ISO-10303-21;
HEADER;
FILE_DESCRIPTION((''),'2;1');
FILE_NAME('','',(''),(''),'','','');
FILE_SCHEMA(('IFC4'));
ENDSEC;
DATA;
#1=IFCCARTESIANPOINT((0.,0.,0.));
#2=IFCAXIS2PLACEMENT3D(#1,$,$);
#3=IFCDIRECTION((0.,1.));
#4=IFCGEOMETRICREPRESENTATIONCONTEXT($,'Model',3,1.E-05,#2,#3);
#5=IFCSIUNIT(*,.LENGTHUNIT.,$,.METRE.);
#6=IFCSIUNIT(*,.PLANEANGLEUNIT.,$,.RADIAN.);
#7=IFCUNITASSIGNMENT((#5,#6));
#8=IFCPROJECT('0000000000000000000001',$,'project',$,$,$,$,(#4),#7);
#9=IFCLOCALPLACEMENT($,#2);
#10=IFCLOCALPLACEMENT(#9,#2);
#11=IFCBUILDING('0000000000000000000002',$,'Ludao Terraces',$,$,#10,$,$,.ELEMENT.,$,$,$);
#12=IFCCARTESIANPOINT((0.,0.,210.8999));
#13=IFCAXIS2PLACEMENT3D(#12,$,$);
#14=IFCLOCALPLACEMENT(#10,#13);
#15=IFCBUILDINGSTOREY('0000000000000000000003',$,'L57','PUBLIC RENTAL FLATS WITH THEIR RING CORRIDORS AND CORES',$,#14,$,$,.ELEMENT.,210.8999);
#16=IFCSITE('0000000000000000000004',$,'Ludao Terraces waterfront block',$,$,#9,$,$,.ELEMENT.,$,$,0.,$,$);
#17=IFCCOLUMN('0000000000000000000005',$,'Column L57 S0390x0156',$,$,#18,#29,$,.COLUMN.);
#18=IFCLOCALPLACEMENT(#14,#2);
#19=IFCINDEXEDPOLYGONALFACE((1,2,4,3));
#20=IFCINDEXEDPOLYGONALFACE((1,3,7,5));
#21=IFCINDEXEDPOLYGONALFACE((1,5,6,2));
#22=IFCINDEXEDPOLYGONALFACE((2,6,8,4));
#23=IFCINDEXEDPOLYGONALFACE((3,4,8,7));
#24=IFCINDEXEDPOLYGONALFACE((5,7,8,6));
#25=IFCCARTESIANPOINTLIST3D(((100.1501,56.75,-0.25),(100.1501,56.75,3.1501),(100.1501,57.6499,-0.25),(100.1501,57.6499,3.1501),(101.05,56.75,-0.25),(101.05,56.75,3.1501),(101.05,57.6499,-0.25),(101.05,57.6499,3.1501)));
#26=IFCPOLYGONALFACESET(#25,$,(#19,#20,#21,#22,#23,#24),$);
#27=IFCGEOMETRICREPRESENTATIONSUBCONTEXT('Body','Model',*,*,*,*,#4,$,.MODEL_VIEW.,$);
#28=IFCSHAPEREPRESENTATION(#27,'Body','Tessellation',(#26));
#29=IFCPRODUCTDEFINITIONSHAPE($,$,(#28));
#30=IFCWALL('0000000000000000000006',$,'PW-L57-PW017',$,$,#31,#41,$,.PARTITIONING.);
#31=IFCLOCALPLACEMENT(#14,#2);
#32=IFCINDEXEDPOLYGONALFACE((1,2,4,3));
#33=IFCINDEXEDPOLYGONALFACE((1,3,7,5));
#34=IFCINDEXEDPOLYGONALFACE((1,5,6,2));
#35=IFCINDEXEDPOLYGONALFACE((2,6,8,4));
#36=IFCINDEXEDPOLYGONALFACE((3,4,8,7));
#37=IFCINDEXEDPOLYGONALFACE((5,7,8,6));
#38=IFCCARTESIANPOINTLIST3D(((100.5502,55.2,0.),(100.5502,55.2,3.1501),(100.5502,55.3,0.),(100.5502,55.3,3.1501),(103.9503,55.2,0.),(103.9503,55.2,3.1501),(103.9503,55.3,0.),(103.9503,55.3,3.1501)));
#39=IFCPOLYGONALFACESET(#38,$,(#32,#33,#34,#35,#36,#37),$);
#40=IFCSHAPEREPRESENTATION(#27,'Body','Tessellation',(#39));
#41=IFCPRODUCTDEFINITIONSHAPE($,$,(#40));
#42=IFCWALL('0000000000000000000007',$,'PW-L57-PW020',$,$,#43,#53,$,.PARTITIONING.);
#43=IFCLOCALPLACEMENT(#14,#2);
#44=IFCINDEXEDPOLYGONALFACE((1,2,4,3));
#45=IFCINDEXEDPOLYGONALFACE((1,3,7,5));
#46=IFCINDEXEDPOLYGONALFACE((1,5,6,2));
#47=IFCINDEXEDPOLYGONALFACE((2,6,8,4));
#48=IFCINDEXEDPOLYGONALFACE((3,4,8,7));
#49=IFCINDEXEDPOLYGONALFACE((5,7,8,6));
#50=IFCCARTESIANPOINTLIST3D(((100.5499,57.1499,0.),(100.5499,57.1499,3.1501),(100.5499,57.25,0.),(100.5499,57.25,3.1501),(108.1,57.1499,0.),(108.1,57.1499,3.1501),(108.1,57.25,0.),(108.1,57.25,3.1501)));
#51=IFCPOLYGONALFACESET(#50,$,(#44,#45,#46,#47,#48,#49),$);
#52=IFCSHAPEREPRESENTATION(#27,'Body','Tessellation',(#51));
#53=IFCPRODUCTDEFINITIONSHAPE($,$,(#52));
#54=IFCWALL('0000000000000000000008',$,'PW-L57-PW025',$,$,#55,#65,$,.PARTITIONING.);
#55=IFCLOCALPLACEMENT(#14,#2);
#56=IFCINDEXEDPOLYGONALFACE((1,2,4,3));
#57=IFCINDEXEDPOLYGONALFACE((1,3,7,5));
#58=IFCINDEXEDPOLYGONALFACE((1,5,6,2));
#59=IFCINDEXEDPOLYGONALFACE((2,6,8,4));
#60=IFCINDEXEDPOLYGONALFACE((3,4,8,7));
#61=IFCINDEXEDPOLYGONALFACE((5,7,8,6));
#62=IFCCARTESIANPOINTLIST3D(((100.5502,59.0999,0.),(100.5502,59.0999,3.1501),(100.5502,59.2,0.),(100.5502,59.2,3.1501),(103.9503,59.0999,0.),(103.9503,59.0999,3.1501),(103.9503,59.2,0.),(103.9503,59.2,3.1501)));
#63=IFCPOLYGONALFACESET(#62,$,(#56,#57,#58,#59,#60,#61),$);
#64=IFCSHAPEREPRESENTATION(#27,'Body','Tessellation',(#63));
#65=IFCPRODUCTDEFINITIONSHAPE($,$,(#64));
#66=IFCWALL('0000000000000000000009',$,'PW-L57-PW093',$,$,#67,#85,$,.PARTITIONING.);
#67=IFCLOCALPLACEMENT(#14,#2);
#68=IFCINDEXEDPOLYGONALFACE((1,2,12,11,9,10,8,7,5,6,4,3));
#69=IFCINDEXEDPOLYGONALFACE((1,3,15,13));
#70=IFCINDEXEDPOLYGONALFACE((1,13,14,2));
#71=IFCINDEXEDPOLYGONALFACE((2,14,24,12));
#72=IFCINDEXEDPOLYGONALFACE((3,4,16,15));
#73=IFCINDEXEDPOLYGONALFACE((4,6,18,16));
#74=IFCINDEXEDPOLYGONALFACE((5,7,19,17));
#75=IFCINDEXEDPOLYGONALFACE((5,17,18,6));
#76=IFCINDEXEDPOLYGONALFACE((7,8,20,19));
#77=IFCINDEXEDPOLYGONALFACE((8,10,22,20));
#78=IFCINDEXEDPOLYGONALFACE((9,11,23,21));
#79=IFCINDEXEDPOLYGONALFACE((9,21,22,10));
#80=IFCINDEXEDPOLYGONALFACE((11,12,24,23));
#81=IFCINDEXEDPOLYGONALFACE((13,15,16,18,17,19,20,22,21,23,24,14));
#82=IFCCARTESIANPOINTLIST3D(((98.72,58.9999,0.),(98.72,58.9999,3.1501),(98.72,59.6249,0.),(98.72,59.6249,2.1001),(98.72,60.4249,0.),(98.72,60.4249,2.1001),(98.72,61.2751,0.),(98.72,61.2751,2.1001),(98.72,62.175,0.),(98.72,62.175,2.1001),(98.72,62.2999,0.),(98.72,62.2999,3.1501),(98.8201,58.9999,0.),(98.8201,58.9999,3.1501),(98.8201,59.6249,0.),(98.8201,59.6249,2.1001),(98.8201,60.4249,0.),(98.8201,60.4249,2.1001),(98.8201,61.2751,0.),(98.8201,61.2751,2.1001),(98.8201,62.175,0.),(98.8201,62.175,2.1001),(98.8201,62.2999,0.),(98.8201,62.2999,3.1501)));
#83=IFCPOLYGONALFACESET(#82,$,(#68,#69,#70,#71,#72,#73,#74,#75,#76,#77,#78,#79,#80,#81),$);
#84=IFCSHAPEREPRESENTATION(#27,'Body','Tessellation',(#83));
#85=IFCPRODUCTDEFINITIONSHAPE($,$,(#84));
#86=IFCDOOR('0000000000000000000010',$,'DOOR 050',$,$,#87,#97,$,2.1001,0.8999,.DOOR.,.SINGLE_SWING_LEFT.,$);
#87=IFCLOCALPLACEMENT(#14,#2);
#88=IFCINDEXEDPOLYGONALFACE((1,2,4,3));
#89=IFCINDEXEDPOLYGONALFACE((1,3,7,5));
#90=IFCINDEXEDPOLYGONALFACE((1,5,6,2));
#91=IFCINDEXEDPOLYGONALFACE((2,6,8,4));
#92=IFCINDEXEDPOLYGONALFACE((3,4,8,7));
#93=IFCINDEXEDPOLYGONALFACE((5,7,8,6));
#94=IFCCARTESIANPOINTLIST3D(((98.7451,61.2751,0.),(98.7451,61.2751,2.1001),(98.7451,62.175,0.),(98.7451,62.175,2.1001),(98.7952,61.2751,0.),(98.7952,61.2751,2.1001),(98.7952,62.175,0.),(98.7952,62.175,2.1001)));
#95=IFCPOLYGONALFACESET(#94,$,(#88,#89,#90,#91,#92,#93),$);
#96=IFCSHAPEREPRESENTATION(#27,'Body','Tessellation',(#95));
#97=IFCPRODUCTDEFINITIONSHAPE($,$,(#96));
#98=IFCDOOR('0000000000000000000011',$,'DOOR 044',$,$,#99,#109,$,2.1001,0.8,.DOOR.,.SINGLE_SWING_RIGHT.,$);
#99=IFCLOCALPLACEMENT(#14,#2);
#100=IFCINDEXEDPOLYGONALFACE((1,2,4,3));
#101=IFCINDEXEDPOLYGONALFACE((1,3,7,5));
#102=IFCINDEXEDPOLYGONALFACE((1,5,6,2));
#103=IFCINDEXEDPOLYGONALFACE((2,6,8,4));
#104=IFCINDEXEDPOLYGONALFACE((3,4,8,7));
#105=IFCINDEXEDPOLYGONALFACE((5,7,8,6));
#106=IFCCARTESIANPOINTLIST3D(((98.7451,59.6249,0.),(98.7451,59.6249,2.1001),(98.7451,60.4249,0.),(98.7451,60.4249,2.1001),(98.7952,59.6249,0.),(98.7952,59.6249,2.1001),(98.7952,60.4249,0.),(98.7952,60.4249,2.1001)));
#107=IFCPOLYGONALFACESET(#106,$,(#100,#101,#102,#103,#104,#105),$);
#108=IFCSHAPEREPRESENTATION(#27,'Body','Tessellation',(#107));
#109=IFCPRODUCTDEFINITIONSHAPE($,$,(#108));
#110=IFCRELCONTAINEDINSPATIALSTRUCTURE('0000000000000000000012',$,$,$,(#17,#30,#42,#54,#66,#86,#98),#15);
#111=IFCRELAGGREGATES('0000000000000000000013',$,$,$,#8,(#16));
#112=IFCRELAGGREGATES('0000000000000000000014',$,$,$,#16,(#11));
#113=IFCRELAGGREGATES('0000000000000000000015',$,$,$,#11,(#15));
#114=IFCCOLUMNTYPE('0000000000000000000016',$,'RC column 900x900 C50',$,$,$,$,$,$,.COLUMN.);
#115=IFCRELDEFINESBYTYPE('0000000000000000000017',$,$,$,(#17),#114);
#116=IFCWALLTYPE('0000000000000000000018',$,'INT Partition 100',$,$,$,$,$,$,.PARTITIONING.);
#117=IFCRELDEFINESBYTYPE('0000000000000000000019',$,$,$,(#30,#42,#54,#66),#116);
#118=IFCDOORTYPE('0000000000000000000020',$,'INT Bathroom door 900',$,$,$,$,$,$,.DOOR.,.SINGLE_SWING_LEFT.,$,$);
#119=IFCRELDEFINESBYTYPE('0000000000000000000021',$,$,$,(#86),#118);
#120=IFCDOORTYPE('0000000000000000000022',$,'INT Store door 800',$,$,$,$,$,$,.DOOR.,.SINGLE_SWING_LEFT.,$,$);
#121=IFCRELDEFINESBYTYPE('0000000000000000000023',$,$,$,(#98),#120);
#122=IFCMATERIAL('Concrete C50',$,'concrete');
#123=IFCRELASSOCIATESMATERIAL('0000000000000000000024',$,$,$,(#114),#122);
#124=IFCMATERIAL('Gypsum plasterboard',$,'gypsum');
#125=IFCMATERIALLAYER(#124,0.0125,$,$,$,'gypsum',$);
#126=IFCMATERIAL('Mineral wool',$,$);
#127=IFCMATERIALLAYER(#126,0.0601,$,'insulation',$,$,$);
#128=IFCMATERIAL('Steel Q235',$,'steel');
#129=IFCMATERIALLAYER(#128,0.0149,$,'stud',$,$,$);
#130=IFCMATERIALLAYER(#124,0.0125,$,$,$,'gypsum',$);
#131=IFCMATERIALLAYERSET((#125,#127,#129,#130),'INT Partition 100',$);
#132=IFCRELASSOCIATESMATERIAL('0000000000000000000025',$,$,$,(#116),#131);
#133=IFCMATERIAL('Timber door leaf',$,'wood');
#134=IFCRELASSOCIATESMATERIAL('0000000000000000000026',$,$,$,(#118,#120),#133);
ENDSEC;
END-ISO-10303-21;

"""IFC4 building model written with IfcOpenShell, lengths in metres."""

from ifc_helpers import new_model, si_unit, direction, frame, frame_2d, origin, origin_2d, place, context, subcontext, project, spatial, rectangle, extrude, material, layer, layer_set, material_profile, profile_set, type_object, element, fill, save


model = new_model("IFC4")

# Units and contexts
model_context = context("Model", 3, precision=1e-05, world=origin(), true_north=direction((0.0, 1.0)))
body_context = subcontext(model_context, "Body", "Model", "MODEL_VIEW")
ifc_project = project(units=[si_unit("LENGTHUNIT", "METRE"), si_unit("PLANEANGLEUNIT", "RADIAN")], contexts=[model_context])

# Site, building, storey
site_placement = place(None, origin())
site = spatial("IfcSite", under=ifc_project, at=site_placement, Name="Ludao Terraces waterfront block", CompositionType="ELEMENT", RefElevation=0.0)
building_placement = place(site_placement, origin())
building = spatial("IfcBuilding", under=site, at=building_placement, Name="Ludao Terraces", CompositionType="ELEMENT")
storey_placement = place(building_placement, frame((0.0, 0.0, 210.8999)))
storey = spatial("IfcBuildingStorey", under=building, at=storey_placement, Name="L57", Description="PUBLIC RENTAL FLATS WITH THEIR RING CORRIDORS AND CORES", CompositionType="ELEMENT", Elevation=210.8999)

# Column
ifc_material_1 = material(Name="Concrete C50", Category="concrete")
ifc_material_profile = material_profile(ifc_material_1, rectangle(XDim=0.8999, YDim=0.8999, at=origin_2d()), Name="900 X 900")
ifc_profile_set = profile_set([ifc_material_profile], Name="Concrete C50")
column_type = type_object("IfcColumnType", Name="RC column 900x900 C50", PredefinedType="COLUMN", material=ifc_profile_set)
column_placement = place(storey_placement, frame((100.6001, 57.2, -0.25), z_axis=(0.0, 0.0, 1.0), x_axis=(1.0, 0.0, 0.0)))
element("IfcColumn", 1, at=column_placement, inside=storey, type_object=column_type, Name="Column L57 S0390x0156", PredefinedType="COLUMN", context=body_context, shape_type="SweptSolid", body=[
    extrude(rectangle(XDim=0.8999, YDim=0.8999, at=origin_2d()), origin(), (0.0, 0.0, 1.0), 3.4001),
])

# Walls
ifc_material_2 = material(Name="Gypsum plasterboard", Category="gypsum")
ifc_layer_1 = layer(ifc_material_2, 0.0125, Category="gypsum")
ifc_material_3 = material(Name="Mineral wool")
ifc_layer_2 = layer(ifc_material_3, 0.0601, Name="insulation")
ifc_material_4 = material(Name="Steel Q235", Category="steel")
ifc_layer_3 = layer(ifc_material_4, 0.0149, Name="stud")
ifc_layer_4 = layer(ifc_material_2, 0.0125, Category="gypsum")
ifc_layer_set = layer_set([ifc_layer_1, ifc_layer_2, ifc_layer_3, ifc_layer_4], Name="INT Partition 100")
wall_type = type_object("IfcWallType", Name="INT Partition 100", PredefinedType="PARTITIONING", material=ifc_layer_set)
wall_1_placement = place(storey_placement, frame((100.55, 55.25, 0.0), z_axis=(0.0, 0.0, 1.0), x_axis=(1.0, 0.0, 0.0)))
element("IfcWall", 2, at=wall_1_placement, inside=storey, type_object=wall_type, Name="PW-L57-PW017", PredefinedType="PARTITIONING", context=body_context, shape_type="SweptSolid", body=[
    extrude(rectangle(XDim=3.4001, YDim=0.1001, at=frame_2d((1.7002, 0.0))), origin(), (0.0, 0.0, 1.0), 3.1501),
])
wall_2_placement = place(storey_placement, frame((100.55, 57.2, 0.0), z_axis=(0.0, 0.0, 1.0), x_axis=(1.0, 0.0, 0.0)))
element("IfcWall", 3, at=wall_2_placement, inside=storey, type_object=wall_type, Name="PW-L57-PW020", PredefinedType="PARTITIONING", context=body_context, shape_type="SweptSolid", body=[
    extrude(rectangle(XDim=7.55, YDim=0.1001, at=frame_2d((3.7749, 0.0))), origin(), (0.0, 0.0, 1.0), 3.1501),
])
wall_3_placement = place(storey_placement, frame((100.55, 59.1499, 0.0), z_axis=(0.0, 0.0, 1.0), x_axis=(1.0, 0.0, 0.0)))
element("IfcWall", 4, at=wall_3_placement, inside=storey, type_object=wall_type, Name="PW-L57-PW025", PredefinedType="PARTITIONING", context=body_context, shape_type="SweptSolid", body=[
    extrude(rectangle(XDim=3.4001, YDim=0.1001, at=frame_2d((1.7002, 0.0))), origin(), (0.0, 0.0, 1.0), 3.1501),
])

# Wall, openings, doors
wall_4_placement = place(storey_placement, frame((98.77, 59.0, 0.0), z_axis=(0.0, 0.0, 1.0), x_axis=(0.0, 1.0, 0.0)))
wall_4 = element("IfcWall", 5, at=wall_4_placement, inside=storey, type_object=wall_type, Name="PW-L57-PW093", PredefinedType="PARTITIONING", context=body_context, shape_type="SweptSolid", body=[
    extrude(rectangle(XDim=3.3, YDim=0.1001, at=frame_2d((1.6499, 0.0))), origin(), (0.0, 0.0, 1.0), 3.1501),
])
opening_1_placement = place(wall_4_placement, frame((0.625, 0.0, 0.0)))
opening_1 = element("IfcOpeningElement", 6, at=opening_1_placement, cuts=wall_4, PredefinedType="OPENING", context=body_context, shape_type="SweptSolid", body=[
    extrude(rectangle(XDim=0.8, YDim=2.1001, at=frame_2d((0.3999, 1.05))), frame((0.0, 0.0601, 0.0), z_axis=(0.0, -1.0, 0.0), x_axis=(1.0, 0.0, 0.0)), (0.0, 0.0, 1.0), 0.1201),
])
opening_2_placement = place(wall_4_placement, frame((2.2751, 0.0, 0.0)))
opening_2 = element("IfcOpeningElement", 7, at=opening_2_placement, cuts=wall_4, PredefinedType="OPENING", context=body_context, shape_type="SweptSolid", body=[
    extrude(rectangle(XDim=0.8999, YDim=2.1001, at=frame_2d((0.45, 1.05))), frame((0.0, 0.0601, 0.0), z_axis=(0.0, -1.0, 0.0), x_axis=(1.0, 0.0, 0.0)), (0.0, 0.0, 1.0), 0.1201),
])
ifc_material_5 = material(Name="Timber door leaf", Category="wood")
door_type_1 = type_object("IfcDoorType", Name="INT Bathroom door 900", OperationType="SINGLE_SWING_LEFT", PredefinedType="DOOR", material=ifc_material_5)
door_1_placement = place(opening_2_placement, origin())
door_1 = element("IfcDoor", 8, at=door_1_placement, inside=storey, type_object=door_type_1, Name="DOOR 050", OperationType="SINGLE_SWING_LEFT", OverallHeight=2.1001, OverallWidth=0.8999, PredefinedType="DOOR", context=body_context, shape_type="SweptSolid", body=[
    extrude(rectangle(XDim=0.8999, YDim=2.1001, at=frame_2d((0.45, 1.05))), frame((0.0, 0.0249, 0.0), z_axis=(0.0, -1.0, 0.0), x_axis=(1.0, 0.0, 0.0)), (0.0, 0.0, 1.0), 0.05),
])
fill(opening_2, door_1)
door_type_2 = type_object("IfcDoorType", Name="INT Store door 800", OperationType="SINGLE_SWING_LEFT", PredefinedType="DOOR", material=ifc_material_5)
door_2_placement = place(opening_1_placement, origin())
door_2 = element("IfcDoor", 9, at=door_2_placement, inside=storey, type_object=door_type_2, Name="DOOR 044", OperationType="SINGLE_SWING_RIGHT", OverallHeight=2.1001, OverallWidth=0.8, PredefinedType="DOOR", context=body_context, shape_type="SweptSolid", body=[
    extrude(rectangle(XDim=0.8, YDim=2.1001, at=frame_2d((0.3999, 1.05))), frame((0.0, 0.0249, 0.0), z_axis=(0.0, -1.0, 0.0), x_axis=(1.0, 0.0, 0.0)), (0.0, 0.0, 1.0), 0.05),
])
fill(opening_1, door_2)

save(model, "model.ifc")
